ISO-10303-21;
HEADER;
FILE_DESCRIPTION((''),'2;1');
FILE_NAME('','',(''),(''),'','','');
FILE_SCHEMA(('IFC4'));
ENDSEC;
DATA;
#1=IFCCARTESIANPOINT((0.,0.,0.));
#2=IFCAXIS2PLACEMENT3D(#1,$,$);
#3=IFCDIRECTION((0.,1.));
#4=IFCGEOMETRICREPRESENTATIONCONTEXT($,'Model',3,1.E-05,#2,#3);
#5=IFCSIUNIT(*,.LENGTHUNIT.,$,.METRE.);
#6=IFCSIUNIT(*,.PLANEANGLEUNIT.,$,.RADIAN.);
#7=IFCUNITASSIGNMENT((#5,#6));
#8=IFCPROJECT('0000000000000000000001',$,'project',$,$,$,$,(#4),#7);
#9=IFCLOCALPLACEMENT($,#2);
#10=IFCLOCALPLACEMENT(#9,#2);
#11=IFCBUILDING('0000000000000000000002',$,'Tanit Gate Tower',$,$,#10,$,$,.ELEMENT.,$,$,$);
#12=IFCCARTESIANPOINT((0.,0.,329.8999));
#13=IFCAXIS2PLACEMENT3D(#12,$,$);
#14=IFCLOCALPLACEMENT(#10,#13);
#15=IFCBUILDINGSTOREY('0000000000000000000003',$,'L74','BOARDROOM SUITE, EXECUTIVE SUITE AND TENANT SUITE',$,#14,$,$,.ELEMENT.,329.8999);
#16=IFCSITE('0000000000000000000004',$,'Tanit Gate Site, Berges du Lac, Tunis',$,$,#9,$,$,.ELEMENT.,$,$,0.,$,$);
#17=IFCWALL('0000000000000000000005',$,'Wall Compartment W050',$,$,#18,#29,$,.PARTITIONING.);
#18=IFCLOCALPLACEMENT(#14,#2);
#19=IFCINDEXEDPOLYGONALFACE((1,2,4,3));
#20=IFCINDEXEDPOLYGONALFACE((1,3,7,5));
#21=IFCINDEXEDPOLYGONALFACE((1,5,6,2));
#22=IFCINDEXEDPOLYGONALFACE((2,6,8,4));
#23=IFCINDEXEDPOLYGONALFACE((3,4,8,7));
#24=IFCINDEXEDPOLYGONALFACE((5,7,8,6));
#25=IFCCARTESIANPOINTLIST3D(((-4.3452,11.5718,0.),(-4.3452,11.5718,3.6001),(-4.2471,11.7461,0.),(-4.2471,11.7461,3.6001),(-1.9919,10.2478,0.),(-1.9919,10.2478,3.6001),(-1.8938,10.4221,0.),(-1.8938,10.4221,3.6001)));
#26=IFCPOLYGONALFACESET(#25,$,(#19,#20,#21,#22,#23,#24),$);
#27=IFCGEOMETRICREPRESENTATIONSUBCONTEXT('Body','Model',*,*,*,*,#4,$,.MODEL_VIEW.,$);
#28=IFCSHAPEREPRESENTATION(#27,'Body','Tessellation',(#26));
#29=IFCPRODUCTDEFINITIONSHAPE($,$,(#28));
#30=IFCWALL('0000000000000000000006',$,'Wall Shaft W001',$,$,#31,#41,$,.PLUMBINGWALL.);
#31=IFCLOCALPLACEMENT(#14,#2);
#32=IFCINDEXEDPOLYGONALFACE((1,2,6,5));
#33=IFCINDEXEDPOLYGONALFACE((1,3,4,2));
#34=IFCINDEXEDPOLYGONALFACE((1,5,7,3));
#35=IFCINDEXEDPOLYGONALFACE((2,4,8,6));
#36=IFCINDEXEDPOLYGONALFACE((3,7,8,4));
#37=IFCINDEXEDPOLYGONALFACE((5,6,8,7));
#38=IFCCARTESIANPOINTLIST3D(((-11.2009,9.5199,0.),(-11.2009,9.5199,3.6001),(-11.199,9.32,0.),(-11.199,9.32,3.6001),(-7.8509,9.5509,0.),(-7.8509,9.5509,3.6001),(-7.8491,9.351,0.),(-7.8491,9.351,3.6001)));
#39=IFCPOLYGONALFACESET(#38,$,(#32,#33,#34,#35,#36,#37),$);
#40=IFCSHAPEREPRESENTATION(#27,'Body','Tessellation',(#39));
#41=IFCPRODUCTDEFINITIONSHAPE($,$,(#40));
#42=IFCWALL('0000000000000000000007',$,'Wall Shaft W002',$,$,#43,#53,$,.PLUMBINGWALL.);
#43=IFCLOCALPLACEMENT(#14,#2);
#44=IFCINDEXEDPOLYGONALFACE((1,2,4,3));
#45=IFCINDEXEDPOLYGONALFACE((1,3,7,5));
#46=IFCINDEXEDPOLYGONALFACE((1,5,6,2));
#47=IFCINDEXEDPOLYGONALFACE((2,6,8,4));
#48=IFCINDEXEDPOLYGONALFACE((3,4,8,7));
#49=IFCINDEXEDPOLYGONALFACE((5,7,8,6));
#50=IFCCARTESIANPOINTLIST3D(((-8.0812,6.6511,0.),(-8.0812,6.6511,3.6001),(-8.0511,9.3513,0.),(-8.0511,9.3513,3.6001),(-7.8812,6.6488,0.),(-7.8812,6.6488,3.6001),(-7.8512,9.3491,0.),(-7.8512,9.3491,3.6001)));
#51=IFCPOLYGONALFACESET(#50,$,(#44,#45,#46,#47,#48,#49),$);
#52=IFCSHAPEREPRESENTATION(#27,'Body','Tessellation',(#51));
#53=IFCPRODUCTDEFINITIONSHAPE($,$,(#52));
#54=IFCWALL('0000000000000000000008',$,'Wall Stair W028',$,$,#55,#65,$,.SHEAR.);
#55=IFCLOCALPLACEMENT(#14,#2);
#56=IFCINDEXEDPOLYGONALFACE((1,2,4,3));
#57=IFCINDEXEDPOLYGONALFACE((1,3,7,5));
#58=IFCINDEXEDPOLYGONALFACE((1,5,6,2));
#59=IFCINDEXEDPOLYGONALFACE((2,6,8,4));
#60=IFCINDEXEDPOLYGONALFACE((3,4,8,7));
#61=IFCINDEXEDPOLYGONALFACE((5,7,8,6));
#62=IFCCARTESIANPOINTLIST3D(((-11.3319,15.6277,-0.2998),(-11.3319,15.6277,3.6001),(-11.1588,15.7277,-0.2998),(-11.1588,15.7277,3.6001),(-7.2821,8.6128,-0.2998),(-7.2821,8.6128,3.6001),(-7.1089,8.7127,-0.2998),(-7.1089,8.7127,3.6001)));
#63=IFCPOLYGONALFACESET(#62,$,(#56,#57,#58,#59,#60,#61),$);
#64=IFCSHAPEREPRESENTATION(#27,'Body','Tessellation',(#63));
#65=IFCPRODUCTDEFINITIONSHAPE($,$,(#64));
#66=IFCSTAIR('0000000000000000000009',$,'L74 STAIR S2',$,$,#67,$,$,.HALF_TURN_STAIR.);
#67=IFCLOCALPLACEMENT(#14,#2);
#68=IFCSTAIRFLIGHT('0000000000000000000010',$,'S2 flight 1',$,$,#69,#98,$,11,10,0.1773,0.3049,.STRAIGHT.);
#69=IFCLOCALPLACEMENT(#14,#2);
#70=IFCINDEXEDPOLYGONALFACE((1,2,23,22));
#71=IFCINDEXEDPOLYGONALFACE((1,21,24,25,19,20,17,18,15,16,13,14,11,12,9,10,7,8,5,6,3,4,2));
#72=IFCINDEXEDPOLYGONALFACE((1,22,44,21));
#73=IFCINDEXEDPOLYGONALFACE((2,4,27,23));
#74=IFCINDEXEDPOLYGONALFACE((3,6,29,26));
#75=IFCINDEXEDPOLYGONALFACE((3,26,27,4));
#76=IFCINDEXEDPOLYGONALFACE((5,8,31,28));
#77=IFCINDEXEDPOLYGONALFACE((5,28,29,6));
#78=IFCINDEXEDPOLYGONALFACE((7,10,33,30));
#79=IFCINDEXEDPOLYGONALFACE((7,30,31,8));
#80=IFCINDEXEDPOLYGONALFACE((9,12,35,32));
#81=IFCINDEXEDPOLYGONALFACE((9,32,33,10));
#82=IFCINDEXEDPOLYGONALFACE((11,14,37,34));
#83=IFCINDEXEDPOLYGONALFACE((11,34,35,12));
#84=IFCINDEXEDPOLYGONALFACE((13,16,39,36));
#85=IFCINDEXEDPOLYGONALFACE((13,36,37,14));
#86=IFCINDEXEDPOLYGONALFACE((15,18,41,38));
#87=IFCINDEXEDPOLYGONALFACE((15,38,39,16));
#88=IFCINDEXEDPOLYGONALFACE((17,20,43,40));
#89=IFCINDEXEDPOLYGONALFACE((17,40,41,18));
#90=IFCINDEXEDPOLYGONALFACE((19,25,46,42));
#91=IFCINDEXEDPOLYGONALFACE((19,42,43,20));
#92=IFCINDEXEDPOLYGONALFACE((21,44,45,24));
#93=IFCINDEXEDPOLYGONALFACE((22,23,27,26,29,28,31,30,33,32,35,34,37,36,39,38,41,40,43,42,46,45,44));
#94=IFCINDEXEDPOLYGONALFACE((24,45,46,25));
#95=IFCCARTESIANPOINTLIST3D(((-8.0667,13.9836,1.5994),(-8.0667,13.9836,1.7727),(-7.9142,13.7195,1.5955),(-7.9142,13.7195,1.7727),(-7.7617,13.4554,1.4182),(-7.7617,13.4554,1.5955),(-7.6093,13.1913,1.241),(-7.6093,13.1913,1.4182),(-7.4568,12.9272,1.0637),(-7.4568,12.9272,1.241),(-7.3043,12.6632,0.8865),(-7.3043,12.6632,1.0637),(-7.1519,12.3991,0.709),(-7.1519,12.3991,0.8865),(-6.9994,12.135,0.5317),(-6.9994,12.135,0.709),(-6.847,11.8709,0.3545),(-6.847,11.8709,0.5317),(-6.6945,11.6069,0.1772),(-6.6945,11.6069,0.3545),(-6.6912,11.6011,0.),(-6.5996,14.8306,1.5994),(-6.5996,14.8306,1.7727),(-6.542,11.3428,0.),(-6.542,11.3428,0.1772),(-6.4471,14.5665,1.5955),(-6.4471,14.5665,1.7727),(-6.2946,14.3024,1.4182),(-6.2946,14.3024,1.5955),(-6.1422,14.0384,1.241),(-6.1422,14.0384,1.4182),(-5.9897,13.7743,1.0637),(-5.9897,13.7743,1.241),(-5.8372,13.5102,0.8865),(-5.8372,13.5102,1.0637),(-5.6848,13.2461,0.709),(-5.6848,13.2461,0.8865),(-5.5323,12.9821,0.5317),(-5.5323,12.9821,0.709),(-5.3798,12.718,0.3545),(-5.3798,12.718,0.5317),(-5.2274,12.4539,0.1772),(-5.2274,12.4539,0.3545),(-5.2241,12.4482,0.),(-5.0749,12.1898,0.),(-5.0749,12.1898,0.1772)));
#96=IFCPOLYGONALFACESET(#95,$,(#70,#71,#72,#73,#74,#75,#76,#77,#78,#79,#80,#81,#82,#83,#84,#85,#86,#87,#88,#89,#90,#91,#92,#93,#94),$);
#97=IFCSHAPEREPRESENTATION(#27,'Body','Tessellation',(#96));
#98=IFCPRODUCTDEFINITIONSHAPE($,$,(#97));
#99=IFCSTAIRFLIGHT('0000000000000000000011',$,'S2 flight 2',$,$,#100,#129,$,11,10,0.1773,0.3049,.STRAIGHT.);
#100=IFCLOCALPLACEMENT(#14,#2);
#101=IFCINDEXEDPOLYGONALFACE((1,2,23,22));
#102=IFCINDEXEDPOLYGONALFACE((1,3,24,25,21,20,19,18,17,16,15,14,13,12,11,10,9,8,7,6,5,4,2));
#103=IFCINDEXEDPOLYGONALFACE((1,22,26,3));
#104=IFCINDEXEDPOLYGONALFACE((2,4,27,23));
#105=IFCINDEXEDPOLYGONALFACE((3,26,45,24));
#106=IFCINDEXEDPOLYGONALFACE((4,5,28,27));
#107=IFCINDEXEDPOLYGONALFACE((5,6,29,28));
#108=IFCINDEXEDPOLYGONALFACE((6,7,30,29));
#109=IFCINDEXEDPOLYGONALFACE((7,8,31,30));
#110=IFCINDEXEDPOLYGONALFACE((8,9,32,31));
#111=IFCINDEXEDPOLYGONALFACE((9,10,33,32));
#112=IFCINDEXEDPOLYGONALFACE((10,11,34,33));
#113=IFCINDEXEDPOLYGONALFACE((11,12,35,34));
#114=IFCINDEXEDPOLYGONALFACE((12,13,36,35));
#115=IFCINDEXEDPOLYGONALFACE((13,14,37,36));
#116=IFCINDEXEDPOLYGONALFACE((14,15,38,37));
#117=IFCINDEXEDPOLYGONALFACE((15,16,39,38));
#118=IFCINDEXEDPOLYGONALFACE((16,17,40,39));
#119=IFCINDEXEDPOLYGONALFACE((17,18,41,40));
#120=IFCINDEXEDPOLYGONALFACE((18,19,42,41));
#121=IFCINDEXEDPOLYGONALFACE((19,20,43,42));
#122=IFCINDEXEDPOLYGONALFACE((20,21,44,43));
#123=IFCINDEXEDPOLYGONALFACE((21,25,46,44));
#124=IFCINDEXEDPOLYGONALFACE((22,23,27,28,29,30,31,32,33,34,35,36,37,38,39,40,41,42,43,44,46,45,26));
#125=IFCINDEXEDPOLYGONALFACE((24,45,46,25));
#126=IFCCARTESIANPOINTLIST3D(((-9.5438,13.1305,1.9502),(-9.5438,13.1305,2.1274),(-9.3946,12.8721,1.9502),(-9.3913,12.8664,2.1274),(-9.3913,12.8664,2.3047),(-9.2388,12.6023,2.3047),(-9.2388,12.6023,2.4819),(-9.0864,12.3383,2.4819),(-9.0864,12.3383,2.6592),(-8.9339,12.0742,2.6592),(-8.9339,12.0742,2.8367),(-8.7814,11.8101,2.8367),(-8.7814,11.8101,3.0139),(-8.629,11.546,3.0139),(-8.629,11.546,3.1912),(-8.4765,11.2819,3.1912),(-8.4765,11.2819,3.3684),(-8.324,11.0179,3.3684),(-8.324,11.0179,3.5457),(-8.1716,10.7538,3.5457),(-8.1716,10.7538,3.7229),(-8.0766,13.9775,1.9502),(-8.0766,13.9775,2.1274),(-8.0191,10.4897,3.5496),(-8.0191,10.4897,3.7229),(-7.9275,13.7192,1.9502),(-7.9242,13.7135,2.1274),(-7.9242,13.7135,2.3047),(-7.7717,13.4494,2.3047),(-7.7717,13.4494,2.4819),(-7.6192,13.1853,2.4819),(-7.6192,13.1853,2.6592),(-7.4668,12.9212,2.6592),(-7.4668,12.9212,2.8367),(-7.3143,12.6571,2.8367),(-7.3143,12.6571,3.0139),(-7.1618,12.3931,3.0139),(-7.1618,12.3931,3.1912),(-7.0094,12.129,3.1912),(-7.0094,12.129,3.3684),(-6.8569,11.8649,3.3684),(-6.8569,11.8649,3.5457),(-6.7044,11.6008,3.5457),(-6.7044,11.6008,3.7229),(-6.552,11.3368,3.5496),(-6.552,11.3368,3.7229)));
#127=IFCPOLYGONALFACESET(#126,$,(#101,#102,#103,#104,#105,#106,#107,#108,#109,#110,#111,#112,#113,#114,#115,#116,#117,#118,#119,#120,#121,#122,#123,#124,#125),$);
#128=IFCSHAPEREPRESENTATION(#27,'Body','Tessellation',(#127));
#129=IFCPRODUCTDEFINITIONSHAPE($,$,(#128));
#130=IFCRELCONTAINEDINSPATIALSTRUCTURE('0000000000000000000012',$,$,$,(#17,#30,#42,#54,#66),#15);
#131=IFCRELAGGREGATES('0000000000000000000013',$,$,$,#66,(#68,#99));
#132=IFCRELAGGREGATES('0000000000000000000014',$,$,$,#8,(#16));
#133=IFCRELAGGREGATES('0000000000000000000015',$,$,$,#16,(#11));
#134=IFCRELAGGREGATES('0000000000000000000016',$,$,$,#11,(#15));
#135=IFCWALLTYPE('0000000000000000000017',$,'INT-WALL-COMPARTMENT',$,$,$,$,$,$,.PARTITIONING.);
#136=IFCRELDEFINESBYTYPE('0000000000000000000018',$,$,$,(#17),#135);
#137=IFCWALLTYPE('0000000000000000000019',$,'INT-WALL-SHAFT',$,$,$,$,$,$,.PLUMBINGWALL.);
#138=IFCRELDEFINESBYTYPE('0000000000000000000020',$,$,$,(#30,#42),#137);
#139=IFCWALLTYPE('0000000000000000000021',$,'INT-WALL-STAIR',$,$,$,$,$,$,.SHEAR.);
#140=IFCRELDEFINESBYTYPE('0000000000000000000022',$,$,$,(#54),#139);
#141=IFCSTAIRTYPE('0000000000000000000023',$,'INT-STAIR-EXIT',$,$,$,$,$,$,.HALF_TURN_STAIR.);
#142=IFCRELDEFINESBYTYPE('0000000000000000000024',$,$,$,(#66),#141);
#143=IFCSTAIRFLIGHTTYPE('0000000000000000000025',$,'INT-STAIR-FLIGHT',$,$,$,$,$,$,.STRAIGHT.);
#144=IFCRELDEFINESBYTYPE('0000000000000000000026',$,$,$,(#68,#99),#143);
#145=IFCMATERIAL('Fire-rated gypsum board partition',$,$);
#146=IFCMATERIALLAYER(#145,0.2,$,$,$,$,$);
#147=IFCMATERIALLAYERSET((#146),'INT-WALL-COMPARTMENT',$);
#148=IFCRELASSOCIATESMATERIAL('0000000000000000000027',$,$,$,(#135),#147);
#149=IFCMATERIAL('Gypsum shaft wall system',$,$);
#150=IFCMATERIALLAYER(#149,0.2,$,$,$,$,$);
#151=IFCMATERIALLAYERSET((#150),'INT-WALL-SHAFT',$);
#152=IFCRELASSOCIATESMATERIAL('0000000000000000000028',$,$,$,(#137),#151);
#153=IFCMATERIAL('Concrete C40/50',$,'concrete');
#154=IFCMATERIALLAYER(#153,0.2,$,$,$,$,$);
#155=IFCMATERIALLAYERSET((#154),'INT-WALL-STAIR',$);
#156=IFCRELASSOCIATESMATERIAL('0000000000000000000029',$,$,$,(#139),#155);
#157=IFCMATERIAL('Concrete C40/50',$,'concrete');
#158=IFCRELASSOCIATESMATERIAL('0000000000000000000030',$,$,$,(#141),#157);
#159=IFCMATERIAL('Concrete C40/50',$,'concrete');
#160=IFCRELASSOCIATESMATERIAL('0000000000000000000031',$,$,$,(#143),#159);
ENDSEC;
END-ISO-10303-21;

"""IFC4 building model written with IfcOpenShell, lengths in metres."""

from ifc_helpers import new_model, si_unit, direction, frame, frame_2d, origin, place, context, subcontext, project, spatial, polyline, rectangle, outline, extrude, material, layer, layer_set, type_object, element, aggregate, save


model = new_model("IFC4")

# Units and contexts
model_context = context("Model", 3, precision=1e-05, world=origin(), true_north=direction((0.0, 1.0)))
body_context = subcontext(model_context, "Body", "Model", "MODEL_VIEW")
ifc_project = project(units=[si_unit("LENGTHUNIT", "METRE"), si_unit("PLANEANGLEUNIT", "RADIAN")], contexts=[model_context])

# Site, building, storey
site_placement = place(None, origin())
site = spatial("IfcSite", under=ifc_project, at=site_placement, Name="Tanit Gate Site, Berges du Lac, Tunis", CompositionType="ELEMENT", RefElevation=0.0)
building_placement = place(site_placement, origin())
building = spatial("IfcBuilding", under=site, at=building_placement, Name="Tanit Gate Tower", CompositionType="ELEMENT")
storey_placement = place(building_placement, frame((0.0, 0.0, 329.8999)))
storey = spatial("IfcBuildingStorey", under=building, at=storey_placement, Name="L74", Description="BOARDROOM SUITE, EXECUTIVE SUITE AND TENANT SUITE", CompositionType="ELEMENT", Elevation=329.8999)

# Walls
ifc_material_1 = material(Name="Fire-rated gypsum board partition")
ifc_layer_1 = layer(ifc_material_1, 0.2)
ifc_layer_set_1 = layer_set([ifc_layer_1], Name="INT-WALL-COMPARTMENT")
wall_type_1 = type_object("IfcWallType", Name="INT-WALL-COMPARTMENT", PredefinedType="PARTITIONING", material=ifc_layer_set_1)
wall_1_placement = place(storey_placement, frame((-4.2961, 11.6589, 0.0), z_axis=(0.0, 0.0, 1.0), x_axis=(0.871534, -0.490334, 0.0)))
element("IfcWall", 1, at=wall_1_placement, inside=storey, type_object=wall_type_1, Name="Wall Compartment W050", PredefinedType="PARTITIONING", context=body_context, shape_type="SweptSolid", body=[
    extrude(rectangle(XDim=2.7002, YDim=0.2, at=frame_2d((1.3501, 0.0))), origin(), (0.0, 0.0, 1.0), 3.6001),
])
ifc_material_2 = material(Name="Gypsum shaft wall system")
ifc_layer_2 = layer(ifc_material_2, 0.2)
ifc_layer_set_2 = layer_set([ifc_layer_2], Name="INT-WALL-SHAFT")
wall_type_2 = type_object("IfcWallType", Name="INT-WALL-SHAFT", PredefinedType="PLUMBINGWALL", material=ifc_layer_set_2)
wall_2_placement = place(storey_placement, frame((-11.2, 9.4199, 0.0), z_axis=(0.0, 0.0, 1.0), x_axis=(0.999957, 0.009255, 0.0)))
element("IfcWall", 2, at=wall_2_placement, inside=storey, type_object=wall_type_2, Name="Wall Shaft W001", PredefinedType="PLUMBINGWALL", context=body_context, shape_type="SweptSolid", body=[
    extrude(rectangle(XDim=3.3501, YDim=0.2, at=frame_2d((1.675, 0.0))), origin(), (0.0, 0.0, 1.0), 3.6001),
])
wall_3_placement = place(storey_placement, frame((-7.9512, 9.3501, 0.0), z_axis=(0.0, 0.0, 1.0), x_axis=(-0.01112, -0.999938, 0.0)))
element("IfcWall", 3, at=wall_3_placement, inside=storey, type_object=wall_type_2, Name="Wall Shaft W002", PredefinedType="PLUMBINGWALL", context=body_context, shape_type="SweptSolid", body=[
    extrude(rectangle(XDim=2.7004, YDim=0.2, at=frame_2d((1.3501, 0.0))), origin(), (0.0, 0.0, 1.0), 3.6001),
])
ifc_material_3 = material(Name="Concrete C40/50", Category="concrete")
ifc_layer_3 = layer(ifc_material_3, 0.2)
ifc_layer_set_3 = layer_set([ifc_layer_3], Name="INT-WALL-STAIR")
wall_type_3 = type_object("IfcWallType", Name="INT-WALL-STAIR", PredefinedType="SHEAR", material=ifc_layer_set_3)
wall_4_placement = place(storey_placement, frame((-11.2454, 15.6777, -0.2998), z_axis=(0.0, 0.0, 1.0), x_axis=(0.499977, -0.866039, 0.0)))
element("IfcWall", 4, at=wall_4_placement, inside=storey, type_object=wall_type_3, Name="Wall Stair W028", PredefinedType="SHEAR", context=body_context, shape_type="SweptSolid", body=[
    extrude(rectangle(XDim=8.1001, YDim=0.2, at=frame_2d((4.05, 0.0))), origin(), (0.0, 0.0, 1.0), 3.8999),
])

# Stair, stair flights
ifc_material_4 = material(Name="Concrete C40/50", Category="concrete")
stair_type = type_object("IfcStairType", Name="INT-STAIR-EXIT", PredefinedType="HALF_TURN_STAIR", material=ifc_material_4)
stair_placement = place(storey_placement, origin())
stair = element("IfcStair", 5, at=stair_placement, inside=storey, type_object=stair_type, Name="L74 STAIR S2", PredefinedType="HALF_TURN_STAIR")
ifc_material_5 = material(Name="Concrete C40/50", Category="concrete")
stair_flight_type = type_object("IfcStairFlightType", Name="INT-STAIR-FLIGHT", PredefinedType="STRAIGHT", material=ifc_material_5)
stair_flight_1_placement = place(storey_placement, frame((-5.8083, 11.7664, 0.0), z_axis=(0.0, 0.0, 1.0), x_axis=(-0.5, 0.866025, 0.0)))
stair_flight_1 = element("IfcStairFlight", 6, at=stair_flight_1_placement, type_object=stair_flight_type, Name="S2 flight 1", NumberOfRisers=11, NumberOfTreads=10, PredefinedType="STRAIGHT", RiserHeight=0.1773, TreadLength=0.3049, context=body_context, shape_type="SweptSolid", body=[
    extrude(outline(polyline([(0.0, 0.0), (0.0, 0.1772), (0.3049, 0.1772), (0.3049, 0.3545), (0.6099, 0.3545), (0.6099, 0.5317), (0.9148, 0.5317), (0.9148, 0.709), (1.2197, 0.709), (1.2197, 0.8865), (1.5247, 0.8865), (1.5247, 1.0637), (1.8296, 1.0637), (1.8296, 1.241), (2.1345, 1.241), (2.1345, 1.4182), (2.4395, 1.4182), (2.4395, 1.5955), (2.7444, 1.5955), (2.7444, 1.7727), (3.0493, 1.7727), (3.0493, 1.95), (3.0493, 1.5994), (0.2983, 0.0), (0.0, 0.0)])), frame((0.0, 0.8472, 0.0), z_axis=(0.0, -1.0, 0.0), x_axis=(1.0, 0.0, 0.0)), (0.0, 0.0, 1.0), 1.6941),
])
stair_flight_2_placement = place(storey_placement, frame((-8.8103, 13.554, 1.9502), z_axis=(0.0, 0.0, 1.0), x_axis=(0.5, -0.866025, 0.0)))
stair_flight_2 = element("IfcStairFlight", 7, at=stair_flight_2_placement, type_object=stair_flight_type, Name="S2 flight 2", NumberOfRisers=11, NumberOfTreads=10, PredefinedType="STRAIGHT", RiserHeight=0.1773, TreadLength=0.3049, context=body_context, shape_type="SweptSolid", body=[
    extrude(outline(polyline([(0.0, 0.0), (0.0, 0.1772), (0.3049, 0.1772), (0.3049, 0.3545), (0.6099, 0.3545), (0.6099, 0.5317), (0.9148, 0.5317), (0.9148, 0.709), (1.2197, 0.709), (1.2197, 0.8865), (1.5247, 0.8865), (1.5247, 1.0637), (1.8296, 1.0637), (1.8296, 1.241), (2.1345, 1.241), (2.1345, 1.4182), (2.4395, 1.4182), (2.4395, 1.5955), (2.7444, 1.5955), (2.7444, 1.7727), (3.0493, 1.7727), (3.0493, 1.95), (3.0493, 1.5994), (0.2983, 0.0), (0.0, 0.0)])), frame((0.0, 0.8472, 0.0), z_axis=(0.0, -1.0, 0.0), x_axis=(1.0, 0.0, 0.0)), (0.0, 0.0, 1.0), 1.6941),
])
aggregate(stair, [stair_flight_1, stair_flight_2])

save(model, "model.ifc")
